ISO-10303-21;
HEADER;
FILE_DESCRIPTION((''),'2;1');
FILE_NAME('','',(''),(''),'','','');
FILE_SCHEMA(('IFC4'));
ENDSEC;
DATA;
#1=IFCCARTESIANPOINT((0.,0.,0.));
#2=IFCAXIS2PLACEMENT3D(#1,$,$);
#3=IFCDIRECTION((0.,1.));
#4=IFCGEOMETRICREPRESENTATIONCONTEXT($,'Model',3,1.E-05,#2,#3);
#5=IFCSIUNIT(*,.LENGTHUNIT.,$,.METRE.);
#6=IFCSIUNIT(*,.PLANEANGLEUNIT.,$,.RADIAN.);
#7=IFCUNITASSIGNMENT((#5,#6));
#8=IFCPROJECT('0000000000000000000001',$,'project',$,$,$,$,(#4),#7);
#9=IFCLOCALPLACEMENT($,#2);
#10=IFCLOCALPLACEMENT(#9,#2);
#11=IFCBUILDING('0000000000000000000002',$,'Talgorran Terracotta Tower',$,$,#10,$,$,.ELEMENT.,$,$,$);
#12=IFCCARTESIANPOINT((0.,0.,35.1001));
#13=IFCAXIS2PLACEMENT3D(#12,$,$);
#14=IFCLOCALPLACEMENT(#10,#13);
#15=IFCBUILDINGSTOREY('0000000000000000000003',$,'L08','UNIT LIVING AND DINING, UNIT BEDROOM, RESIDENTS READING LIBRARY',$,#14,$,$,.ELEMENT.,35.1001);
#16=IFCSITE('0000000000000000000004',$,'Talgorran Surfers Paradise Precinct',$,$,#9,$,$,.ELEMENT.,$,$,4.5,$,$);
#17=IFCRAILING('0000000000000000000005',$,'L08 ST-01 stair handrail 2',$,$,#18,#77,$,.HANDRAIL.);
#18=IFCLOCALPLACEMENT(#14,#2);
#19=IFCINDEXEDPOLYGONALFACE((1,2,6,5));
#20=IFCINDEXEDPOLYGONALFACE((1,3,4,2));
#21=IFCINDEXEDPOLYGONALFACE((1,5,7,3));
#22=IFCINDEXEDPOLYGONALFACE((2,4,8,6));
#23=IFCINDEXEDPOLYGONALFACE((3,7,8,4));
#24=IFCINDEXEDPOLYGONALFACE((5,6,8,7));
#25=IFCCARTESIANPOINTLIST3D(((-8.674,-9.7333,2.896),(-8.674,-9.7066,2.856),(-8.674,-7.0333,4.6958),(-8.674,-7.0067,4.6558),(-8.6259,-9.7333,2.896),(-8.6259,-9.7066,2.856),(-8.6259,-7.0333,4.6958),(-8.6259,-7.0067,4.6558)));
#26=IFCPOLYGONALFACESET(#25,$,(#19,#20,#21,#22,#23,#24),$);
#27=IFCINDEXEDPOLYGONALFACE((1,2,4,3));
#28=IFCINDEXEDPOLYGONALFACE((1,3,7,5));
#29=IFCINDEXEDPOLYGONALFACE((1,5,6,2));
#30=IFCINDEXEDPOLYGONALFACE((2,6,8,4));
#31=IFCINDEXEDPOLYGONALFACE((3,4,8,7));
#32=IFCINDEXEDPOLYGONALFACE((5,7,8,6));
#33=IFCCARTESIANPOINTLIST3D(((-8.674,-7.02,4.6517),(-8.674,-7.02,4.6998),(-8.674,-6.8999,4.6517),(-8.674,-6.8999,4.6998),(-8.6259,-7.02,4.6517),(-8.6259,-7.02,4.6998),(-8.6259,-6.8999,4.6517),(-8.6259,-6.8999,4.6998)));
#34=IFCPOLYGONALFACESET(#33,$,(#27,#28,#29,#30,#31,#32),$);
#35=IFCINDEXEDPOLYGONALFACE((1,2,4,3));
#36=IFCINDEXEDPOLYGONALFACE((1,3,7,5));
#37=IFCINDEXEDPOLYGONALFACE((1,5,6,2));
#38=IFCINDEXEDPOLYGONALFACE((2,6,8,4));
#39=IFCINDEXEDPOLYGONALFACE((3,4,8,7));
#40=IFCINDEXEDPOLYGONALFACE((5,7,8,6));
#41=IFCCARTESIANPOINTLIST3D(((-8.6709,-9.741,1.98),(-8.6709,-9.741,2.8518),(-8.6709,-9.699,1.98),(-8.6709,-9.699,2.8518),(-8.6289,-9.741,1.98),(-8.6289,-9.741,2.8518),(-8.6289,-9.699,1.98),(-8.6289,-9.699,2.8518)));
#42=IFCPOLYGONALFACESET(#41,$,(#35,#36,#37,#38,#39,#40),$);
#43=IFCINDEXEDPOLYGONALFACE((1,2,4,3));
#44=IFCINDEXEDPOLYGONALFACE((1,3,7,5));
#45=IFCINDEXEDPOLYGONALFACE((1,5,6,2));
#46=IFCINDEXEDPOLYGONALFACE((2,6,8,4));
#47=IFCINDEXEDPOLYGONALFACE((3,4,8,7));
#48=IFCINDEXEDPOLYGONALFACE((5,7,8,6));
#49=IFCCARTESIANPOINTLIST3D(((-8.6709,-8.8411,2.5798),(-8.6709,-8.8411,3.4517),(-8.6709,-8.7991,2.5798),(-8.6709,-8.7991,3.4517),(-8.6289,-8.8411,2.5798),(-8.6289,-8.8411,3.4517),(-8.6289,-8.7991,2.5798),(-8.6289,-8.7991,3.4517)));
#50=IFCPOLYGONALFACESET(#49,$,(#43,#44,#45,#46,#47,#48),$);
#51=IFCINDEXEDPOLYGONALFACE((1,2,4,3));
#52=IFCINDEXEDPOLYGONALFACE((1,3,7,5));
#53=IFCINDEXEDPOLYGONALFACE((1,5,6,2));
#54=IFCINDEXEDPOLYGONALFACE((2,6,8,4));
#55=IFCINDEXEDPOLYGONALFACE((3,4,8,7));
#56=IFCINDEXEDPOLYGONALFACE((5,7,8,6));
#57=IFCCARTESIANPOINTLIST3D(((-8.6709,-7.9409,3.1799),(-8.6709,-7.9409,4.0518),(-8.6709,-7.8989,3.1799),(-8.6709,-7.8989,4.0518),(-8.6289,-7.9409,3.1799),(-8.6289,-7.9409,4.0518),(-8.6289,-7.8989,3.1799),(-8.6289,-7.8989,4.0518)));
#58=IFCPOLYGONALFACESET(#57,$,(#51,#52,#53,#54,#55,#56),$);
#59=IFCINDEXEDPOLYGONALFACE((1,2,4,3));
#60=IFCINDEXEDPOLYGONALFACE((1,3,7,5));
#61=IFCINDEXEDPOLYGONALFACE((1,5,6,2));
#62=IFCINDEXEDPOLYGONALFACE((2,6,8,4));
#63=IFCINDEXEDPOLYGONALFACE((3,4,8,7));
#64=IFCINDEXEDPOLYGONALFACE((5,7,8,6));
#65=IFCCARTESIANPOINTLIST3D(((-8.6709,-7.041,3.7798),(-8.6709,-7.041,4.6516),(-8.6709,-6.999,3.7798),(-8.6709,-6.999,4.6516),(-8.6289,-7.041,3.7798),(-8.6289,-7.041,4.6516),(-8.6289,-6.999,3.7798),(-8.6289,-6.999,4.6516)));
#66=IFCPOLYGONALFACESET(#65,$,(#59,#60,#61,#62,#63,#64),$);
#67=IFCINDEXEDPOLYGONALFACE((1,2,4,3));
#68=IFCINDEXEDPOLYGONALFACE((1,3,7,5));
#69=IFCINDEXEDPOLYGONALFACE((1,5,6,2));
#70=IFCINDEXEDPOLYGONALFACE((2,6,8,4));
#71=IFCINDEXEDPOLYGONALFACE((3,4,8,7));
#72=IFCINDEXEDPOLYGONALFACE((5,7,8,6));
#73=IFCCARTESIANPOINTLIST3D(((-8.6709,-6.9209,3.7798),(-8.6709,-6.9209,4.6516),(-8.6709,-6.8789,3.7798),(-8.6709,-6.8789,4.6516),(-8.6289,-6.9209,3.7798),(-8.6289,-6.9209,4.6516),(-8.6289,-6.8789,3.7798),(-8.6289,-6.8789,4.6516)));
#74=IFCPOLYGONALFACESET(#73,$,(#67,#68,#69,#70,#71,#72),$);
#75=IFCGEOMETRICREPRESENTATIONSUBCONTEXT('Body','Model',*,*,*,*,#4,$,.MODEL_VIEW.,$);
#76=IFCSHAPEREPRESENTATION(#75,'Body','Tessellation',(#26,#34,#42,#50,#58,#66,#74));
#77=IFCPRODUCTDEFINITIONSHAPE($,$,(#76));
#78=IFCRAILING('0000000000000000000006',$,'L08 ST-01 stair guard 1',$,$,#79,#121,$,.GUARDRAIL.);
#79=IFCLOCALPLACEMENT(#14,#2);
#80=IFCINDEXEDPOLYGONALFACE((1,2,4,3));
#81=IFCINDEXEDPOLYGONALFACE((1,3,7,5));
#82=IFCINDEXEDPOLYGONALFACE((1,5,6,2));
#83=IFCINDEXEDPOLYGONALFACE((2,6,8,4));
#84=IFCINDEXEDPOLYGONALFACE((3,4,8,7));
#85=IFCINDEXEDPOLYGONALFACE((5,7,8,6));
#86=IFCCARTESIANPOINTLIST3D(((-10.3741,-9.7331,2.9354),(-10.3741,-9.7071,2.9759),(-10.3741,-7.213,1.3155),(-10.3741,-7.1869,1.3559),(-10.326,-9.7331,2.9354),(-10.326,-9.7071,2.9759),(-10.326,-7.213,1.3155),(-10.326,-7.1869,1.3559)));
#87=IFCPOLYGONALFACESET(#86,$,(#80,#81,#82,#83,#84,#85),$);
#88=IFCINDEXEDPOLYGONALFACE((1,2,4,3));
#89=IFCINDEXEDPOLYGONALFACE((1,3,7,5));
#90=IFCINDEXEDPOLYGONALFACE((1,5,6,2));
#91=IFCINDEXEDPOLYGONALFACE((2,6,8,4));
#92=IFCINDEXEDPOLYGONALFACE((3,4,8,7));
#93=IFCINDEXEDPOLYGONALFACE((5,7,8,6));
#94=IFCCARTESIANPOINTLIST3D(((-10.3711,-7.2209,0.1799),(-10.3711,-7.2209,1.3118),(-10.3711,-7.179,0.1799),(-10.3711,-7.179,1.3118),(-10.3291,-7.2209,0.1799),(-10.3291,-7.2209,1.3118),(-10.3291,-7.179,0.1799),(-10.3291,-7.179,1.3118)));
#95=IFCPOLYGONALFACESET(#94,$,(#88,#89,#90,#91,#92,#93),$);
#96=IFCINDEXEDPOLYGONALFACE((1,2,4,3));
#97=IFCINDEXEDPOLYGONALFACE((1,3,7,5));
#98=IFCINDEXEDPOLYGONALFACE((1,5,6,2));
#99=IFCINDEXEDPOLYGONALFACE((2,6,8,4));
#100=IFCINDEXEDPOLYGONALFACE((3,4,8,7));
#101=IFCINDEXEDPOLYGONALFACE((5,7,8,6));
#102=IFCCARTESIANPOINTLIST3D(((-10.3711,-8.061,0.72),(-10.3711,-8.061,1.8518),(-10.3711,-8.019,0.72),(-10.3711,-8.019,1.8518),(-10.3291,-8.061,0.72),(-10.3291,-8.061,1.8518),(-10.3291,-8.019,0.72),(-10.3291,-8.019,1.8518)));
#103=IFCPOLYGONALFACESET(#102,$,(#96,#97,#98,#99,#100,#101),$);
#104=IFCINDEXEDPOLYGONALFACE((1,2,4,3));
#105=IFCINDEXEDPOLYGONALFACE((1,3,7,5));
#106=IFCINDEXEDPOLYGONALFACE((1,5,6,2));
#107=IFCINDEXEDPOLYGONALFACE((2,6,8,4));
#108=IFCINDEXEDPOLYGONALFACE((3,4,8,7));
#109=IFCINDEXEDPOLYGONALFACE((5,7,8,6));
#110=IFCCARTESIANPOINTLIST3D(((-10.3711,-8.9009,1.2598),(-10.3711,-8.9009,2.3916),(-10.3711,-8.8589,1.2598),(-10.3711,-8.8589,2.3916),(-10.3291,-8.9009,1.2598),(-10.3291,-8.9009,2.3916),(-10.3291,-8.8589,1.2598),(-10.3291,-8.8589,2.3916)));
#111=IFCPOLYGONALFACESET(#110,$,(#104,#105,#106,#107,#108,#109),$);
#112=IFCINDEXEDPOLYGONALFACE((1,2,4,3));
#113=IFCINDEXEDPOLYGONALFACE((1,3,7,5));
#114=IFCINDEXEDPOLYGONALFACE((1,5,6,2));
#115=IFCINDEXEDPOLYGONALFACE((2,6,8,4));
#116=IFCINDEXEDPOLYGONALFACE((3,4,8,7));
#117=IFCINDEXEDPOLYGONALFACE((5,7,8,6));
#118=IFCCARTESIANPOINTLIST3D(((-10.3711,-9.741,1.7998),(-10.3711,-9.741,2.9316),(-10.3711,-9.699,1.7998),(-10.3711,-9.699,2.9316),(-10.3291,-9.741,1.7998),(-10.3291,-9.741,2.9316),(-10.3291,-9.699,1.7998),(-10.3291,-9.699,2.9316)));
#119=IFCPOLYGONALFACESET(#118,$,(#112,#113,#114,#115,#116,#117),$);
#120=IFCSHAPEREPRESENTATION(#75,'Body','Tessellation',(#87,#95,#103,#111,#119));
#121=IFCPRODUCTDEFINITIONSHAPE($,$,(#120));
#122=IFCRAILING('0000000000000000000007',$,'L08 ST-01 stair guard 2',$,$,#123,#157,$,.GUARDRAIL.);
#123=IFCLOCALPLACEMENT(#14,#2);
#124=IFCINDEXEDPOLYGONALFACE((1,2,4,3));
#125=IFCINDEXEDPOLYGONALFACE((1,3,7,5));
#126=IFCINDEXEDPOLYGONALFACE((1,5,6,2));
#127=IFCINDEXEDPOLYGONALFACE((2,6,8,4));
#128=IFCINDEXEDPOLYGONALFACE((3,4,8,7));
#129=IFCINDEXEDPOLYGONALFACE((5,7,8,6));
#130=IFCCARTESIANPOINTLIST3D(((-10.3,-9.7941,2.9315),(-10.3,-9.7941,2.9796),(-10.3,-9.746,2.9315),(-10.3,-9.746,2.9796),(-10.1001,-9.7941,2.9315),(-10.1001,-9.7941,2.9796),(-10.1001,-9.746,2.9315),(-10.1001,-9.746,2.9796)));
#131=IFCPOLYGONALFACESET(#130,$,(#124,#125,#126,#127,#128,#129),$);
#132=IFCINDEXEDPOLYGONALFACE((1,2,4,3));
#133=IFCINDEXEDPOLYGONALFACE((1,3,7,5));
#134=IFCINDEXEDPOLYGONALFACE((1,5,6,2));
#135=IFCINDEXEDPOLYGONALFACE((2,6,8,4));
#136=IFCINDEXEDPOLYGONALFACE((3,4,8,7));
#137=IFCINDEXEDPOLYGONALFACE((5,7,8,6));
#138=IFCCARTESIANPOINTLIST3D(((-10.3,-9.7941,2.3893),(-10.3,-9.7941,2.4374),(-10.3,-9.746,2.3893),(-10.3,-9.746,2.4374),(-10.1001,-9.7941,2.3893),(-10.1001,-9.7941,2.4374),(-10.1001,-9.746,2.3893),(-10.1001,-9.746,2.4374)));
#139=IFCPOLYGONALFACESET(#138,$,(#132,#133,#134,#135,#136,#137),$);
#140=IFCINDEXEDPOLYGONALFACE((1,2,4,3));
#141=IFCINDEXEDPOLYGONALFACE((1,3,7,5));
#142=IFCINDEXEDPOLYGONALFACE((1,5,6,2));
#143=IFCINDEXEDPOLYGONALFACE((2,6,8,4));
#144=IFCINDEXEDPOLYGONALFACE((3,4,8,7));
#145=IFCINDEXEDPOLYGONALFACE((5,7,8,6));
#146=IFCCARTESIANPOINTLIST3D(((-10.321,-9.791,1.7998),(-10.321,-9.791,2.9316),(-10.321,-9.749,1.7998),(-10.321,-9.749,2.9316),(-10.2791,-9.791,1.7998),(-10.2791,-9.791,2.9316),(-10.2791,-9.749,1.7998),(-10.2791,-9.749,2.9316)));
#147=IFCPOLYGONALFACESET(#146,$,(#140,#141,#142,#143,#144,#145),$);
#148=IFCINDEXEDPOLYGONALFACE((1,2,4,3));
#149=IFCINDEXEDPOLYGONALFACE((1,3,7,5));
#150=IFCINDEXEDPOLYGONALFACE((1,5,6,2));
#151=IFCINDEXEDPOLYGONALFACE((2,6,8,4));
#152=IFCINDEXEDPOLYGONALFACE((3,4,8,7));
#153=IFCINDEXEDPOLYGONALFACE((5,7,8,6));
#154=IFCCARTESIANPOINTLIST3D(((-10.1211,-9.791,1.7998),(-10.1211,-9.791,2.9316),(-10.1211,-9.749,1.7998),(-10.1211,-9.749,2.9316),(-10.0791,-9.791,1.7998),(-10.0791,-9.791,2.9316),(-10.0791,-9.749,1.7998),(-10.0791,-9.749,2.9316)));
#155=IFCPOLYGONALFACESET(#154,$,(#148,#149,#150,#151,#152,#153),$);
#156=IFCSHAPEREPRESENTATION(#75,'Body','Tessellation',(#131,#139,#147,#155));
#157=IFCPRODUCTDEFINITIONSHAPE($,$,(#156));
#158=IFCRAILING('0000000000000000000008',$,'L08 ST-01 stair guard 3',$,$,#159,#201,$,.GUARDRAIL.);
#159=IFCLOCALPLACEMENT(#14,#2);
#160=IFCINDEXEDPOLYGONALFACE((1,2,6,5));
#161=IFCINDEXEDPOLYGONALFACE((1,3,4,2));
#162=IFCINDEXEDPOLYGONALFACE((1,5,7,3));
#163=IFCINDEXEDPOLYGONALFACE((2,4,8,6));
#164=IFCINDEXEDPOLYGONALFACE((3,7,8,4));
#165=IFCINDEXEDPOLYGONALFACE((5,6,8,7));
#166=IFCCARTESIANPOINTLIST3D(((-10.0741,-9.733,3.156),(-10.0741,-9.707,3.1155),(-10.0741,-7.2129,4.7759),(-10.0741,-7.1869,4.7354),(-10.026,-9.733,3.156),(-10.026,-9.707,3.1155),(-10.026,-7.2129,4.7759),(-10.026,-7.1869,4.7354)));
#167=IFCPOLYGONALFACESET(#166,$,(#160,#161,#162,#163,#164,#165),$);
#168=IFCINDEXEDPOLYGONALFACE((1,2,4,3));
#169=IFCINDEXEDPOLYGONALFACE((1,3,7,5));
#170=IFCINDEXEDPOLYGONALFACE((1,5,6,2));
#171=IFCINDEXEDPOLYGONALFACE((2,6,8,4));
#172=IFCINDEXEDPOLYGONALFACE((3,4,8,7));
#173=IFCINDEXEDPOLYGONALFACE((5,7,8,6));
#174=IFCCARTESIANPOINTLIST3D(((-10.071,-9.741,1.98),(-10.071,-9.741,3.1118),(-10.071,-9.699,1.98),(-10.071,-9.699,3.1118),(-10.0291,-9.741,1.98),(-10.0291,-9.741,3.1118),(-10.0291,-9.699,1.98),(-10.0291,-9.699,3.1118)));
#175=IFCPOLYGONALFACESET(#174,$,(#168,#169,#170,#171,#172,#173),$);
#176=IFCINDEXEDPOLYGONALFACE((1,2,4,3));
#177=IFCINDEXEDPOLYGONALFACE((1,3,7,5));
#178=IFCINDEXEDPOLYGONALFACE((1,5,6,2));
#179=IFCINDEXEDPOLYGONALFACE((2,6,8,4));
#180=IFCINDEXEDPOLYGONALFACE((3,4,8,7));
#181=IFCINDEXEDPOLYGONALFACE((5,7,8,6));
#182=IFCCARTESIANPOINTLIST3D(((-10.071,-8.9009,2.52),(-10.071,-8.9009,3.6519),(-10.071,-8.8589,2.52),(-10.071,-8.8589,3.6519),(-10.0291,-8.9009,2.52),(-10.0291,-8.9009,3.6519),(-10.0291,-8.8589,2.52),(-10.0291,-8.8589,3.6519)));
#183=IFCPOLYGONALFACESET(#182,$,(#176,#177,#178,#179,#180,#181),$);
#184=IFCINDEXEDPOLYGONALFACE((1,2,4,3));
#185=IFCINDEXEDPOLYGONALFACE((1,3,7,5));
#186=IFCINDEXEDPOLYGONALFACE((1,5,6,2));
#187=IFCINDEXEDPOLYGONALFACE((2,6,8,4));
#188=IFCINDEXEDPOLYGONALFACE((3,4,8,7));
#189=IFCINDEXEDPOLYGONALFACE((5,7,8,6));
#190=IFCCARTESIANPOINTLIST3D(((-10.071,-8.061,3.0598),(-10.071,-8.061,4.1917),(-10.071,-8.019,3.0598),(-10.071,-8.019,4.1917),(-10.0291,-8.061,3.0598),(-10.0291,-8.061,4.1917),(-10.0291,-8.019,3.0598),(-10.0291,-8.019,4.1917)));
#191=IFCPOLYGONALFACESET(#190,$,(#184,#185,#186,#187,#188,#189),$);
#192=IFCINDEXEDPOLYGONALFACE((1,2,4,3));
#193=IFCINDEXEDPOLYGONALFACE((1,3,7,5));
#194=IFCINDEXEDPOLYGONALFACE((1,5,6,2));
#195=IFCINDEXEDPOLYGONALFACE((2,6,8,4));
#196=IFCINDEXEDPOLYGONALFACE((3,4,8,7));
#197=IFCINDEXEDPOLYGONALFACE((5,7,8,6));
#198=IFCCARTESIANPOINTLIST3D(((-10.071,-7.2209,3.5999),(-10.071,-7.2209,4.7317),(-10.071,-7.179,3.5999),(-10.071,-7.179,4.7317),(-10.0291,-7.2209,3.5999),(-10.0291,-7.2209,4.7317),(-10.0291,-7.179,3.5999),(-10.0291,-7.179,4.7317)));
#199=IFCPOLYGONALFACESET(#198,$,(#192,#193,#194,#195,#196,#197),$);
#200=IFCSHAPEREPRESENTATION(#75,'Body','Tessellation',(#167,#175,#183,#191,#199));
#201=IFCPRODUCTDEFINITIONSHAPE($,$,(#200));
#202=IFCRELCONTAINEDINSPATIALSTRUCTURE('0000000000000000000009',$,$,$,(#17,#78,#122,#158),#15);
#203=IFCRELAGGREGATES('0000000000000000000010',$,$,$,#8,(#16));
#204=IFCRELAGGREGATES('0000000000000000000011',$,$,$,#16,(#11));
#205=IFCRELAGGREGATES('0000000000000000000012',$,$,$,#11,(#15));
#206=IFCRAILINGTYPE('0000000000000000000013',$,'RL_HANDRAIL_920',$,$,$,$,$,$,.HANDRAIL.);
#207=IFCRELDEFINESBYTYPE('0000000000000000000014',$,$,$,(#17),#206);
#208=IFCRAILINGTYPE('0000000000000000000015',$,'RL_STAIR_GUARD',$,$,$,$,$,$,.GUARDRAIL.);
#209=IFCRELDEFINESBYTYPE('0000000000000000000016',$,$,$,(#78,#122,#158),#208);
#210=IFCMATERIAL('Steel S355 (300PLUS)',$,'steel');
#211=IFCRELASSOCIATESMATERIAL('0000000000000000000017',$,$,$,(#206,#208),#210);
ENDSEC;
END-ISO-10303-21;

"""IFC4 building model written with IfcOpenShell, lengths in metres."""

from ifc_helpers import new_model, si_unit, direction, frame, origin, origin_2d, place, context, subcontext, project, spatial, rectangle, extrude, material, type_object, element, save


model = new_model("IFC4")

# Units and contexts
model_context = context("Model", 3, precision=1e-05, world=origin(), true_north=direction((0.0, 1.0)))
body_context = subcontext(model_context, "Body", "Model", "MODEL_VIEW")
ifc_project = project(units=[si_unit("LENGTHUNIT", "METRE"), si_unit("PLANEANGLEUNIT", "RADIAN")], contexts=[model_context])

# Site, building, storey
site_placement = place(None, origin())
site = spatial("IfcSite", under=ifc_project, at=site_placement, Name="Talgorran Surfers Paradise Precinct", CompositionType="ELEMENT", RefElevation=4.5)
building_placement = place(site_placement, origin())
building = spatial("IfcBuilding", under=site, at=building_placement, Name="Talgorran Terracotta Tower", CompositionType="ELEMENT")
storey_placement = place(building_placement, frame((0.0, 0.0, 35.1001)))
storey = spatial("IfcBuildingStorey", under=building, at=storey_placement, Name="L08", Description="UNIT LIVING AND DINING, UNIT BEDROOM, RESIDENTS READING LIBRARY", CompositionType="ELEMENT", Elevation=35.1001)

# Shared definitions
ifc_material_1 = material(Name="Steel S355 (300PLUS)", Category="steel")

# Railings
railing_type_1 = type_object("IfcRailingType", Name="RL_HANDRAIL_920", PredefinedType="HANDRAIL", material=ifc_material_1)
railing_1_placement = place(storey_placement, frame((-8.6499, -9.72, 1.98)))
element("IfcRailing", 1, at=railing_1_placement, inside=storey, type_object=railing_type_1, Name="L08 ST-01 stair handrail 2", PredefinedType="HANDRAIL", context=body_context, shape_type="SweptSolid", body=[
    extrude(rectangle(XDim=0.0481, YDim=0.0481, at=origin_2d()), frame((0.0, 0.0, 0.896), z_axis=(0.0, 0.832073, 0.554665), x_axis=(-1.0, 0.0, 0.0)), (0.0, 0.0, 1.0), 3.2449),
    extrude(rectangle(XDim=0.0481, YDim=0.0481, at=origin_2d()), frame((0.0, 2.7, 2.6958), z_axis=(0.0, 1.0, 0.0), x_axis=(-1.0, 0.0, 0.0)), (0.0, 0.0, 1.0), 0.1201),
    extrude(rectangle(XDim=0.042, YDim=0.042, at=origin_2d()), origin(), (0.0, 0.0, 1.0), 0.8718),
    extrude(rectangle(XDim=0.042, YDim=0.042, at=origin_2d()), frame((0.0, 0.8999, 0.5999)), (0.0, 0.0, 1.0), 0.8718),
    extrude(rectangle(XDim=0.042, YDim=0.042, at=origin_2d()), frame((0.0, 1.8, 1.2)), (0.0, 0.0, 1.0), 0.8718),
    extrude(rectangle(XDim=0.042, YDim=0.042, at=origin_2d()), frame((0.0, 2.7, 1.7998)), (0.0, 0.0, 1.0), 0.8718),
    extrude(rectangle(XDim=0.042, YDim=0.042, at=origin_2d()), frame((0.0, 2.8201, 1.7998)), (0.0, 0.0, 1.0), 0.8718),
])
railing_type_2 = type_object("IfcRailingType", Name="RL_STAIR_GUARD", PredefinedType="GUARDRAIL", material=ifc_material_1)
railing_2_placement = place(storey_placement, frame((-10.3501, -7.2, 0.1799)))
element("IfcRailing", 2, at=railing_2_placement, inside=storey, type_object=railing_type_2, Name="L08 ST-01 stair guard 1", PredefinedType="GUARDRAIL", context=body_context, shape_type="SweptSolid", body=[
    extrude(rectangle(XDim=0.0481, YDim=0.0481, at=origin_2d()), frame((0.0, 0.0, 1.1558), z_axis=(0.0, -0.8412, 0.540725), x_axis=(1.0, 0.0, 0.0)), (0.0, 0.0, 1.0), 2.9958),
    extrude(rectangle(XDim=0.042, YDim=0.042, at=origin_2d()), origin(), (0.0, 0.0, 1.0), 1.1318),
    extrude(rectangle(XDim=0.042, YDim=0.042, at=origin_2d()), frame((0.0, -0.8401, 0.54)), (0.0, 0.0, 1.0), 1.1318),
    extrude(rectangle(XDim=0.042, YDim=0.042, at=origin_2d()), frame((0.0, -1.6799, 1.0798)), (0.0, 0.0, 1.0), 1.1318),
    extrude(rectangle(XDim=0.042, YDim=0.042, at=origin_2d()), frame((0.0, -2.52, 1.6199)), (0.0, 0.0, 1.0), 1.1318),
])
railing_3_placement = place(storey_placement, frame((-10.3, -9.77, 1.7998)))
element("IfcRailing", 3, at=railing_3_placement, inside=storey, type_object=railing_type_2, Name="L08 ST-01 stair guard 2", PredefinedType="GUARDRAIL", context=body_context, shape_type="SweptSolid", body=[
    extrude(rectangle(XDim=0.0481, YDim=0.0481, at=origin_2d()), frame((0.0, 0.0, 1.1558), z_axis=(1.0, 0.0, 0.0), x_axis=(0.0, 1.0, 0.0)), (0.0, 0.0, 1.0), 0.2),
    extrude(rectangle(XDim=0.0481, YDim=0.0481, at=origin_2d()), frame((0.0, 0.0, 0.6135), z_axis=(1.0, 0.0, 0.0), x_axis=(0.0, 1.0, 0.0)), (0.0, 0.0, 1.0), 0.2),
    extrude(rectangle(XDim=0.042, YDim=0.042, at=origin_2d()), origin(), (0.0, 0.0, 1.0), 1.1318),
    extrude(rectangle(XDim=0.042, YDim=0.042, at=origin_2d()), frame((0.2, 0.0, 0.0)), (0.0, 0.0, 1.0), 1.1318),
])
railing_4_placement = place(storey_placement, frame((-10.05, -9.72, 1.98)))
element("IfcRailing", 4, at=railing_4_placement, inside=storey, type_object=railing_type_2, Name="L08 ST-01 stair guard 3", PredefinedType="GUARDRAIL", context=body_context, shape_type="SweptSolid", body=[
    extrude(rectangle(XDim=0.0481, YDim=0.0481, at=origin_2d()), frame((0.0, 0.0, 1.1558), z_axis=(0.0, 0.8412, 0.540725), x_axis=(-1.0, 0.0, 0.0)), (0.0, 0.0, 1.0), 2.9958),
    extrude(rectangle(XDim=0.042, YDim=0.042, at=origin_2d()), origin(), (0.0, 0.0, 1.0), 1.1318),
    extrude(rectangle(XDim=0.042, YDim=0.042, at=origin_2d()), frame((0.0, 0.8401, 0.54)), (0.0, 0.0, 1.0), 1.1318),
    extrude(rectangle(XDim=0.042, YDim=0.042, at=origin_2d()), frame((0.0, 1.6799, 1.0798)), (0.0, 0.0, 1.0), 1.1318),
    extrude(rectangle(XDim=0.042, YDim=0.042, at=origin_2d()), frame((0.0, 2.52, 1.6199)), (0.0, 0.0, 1.0), 1.1318),
])

save(model, "model.ifc")
